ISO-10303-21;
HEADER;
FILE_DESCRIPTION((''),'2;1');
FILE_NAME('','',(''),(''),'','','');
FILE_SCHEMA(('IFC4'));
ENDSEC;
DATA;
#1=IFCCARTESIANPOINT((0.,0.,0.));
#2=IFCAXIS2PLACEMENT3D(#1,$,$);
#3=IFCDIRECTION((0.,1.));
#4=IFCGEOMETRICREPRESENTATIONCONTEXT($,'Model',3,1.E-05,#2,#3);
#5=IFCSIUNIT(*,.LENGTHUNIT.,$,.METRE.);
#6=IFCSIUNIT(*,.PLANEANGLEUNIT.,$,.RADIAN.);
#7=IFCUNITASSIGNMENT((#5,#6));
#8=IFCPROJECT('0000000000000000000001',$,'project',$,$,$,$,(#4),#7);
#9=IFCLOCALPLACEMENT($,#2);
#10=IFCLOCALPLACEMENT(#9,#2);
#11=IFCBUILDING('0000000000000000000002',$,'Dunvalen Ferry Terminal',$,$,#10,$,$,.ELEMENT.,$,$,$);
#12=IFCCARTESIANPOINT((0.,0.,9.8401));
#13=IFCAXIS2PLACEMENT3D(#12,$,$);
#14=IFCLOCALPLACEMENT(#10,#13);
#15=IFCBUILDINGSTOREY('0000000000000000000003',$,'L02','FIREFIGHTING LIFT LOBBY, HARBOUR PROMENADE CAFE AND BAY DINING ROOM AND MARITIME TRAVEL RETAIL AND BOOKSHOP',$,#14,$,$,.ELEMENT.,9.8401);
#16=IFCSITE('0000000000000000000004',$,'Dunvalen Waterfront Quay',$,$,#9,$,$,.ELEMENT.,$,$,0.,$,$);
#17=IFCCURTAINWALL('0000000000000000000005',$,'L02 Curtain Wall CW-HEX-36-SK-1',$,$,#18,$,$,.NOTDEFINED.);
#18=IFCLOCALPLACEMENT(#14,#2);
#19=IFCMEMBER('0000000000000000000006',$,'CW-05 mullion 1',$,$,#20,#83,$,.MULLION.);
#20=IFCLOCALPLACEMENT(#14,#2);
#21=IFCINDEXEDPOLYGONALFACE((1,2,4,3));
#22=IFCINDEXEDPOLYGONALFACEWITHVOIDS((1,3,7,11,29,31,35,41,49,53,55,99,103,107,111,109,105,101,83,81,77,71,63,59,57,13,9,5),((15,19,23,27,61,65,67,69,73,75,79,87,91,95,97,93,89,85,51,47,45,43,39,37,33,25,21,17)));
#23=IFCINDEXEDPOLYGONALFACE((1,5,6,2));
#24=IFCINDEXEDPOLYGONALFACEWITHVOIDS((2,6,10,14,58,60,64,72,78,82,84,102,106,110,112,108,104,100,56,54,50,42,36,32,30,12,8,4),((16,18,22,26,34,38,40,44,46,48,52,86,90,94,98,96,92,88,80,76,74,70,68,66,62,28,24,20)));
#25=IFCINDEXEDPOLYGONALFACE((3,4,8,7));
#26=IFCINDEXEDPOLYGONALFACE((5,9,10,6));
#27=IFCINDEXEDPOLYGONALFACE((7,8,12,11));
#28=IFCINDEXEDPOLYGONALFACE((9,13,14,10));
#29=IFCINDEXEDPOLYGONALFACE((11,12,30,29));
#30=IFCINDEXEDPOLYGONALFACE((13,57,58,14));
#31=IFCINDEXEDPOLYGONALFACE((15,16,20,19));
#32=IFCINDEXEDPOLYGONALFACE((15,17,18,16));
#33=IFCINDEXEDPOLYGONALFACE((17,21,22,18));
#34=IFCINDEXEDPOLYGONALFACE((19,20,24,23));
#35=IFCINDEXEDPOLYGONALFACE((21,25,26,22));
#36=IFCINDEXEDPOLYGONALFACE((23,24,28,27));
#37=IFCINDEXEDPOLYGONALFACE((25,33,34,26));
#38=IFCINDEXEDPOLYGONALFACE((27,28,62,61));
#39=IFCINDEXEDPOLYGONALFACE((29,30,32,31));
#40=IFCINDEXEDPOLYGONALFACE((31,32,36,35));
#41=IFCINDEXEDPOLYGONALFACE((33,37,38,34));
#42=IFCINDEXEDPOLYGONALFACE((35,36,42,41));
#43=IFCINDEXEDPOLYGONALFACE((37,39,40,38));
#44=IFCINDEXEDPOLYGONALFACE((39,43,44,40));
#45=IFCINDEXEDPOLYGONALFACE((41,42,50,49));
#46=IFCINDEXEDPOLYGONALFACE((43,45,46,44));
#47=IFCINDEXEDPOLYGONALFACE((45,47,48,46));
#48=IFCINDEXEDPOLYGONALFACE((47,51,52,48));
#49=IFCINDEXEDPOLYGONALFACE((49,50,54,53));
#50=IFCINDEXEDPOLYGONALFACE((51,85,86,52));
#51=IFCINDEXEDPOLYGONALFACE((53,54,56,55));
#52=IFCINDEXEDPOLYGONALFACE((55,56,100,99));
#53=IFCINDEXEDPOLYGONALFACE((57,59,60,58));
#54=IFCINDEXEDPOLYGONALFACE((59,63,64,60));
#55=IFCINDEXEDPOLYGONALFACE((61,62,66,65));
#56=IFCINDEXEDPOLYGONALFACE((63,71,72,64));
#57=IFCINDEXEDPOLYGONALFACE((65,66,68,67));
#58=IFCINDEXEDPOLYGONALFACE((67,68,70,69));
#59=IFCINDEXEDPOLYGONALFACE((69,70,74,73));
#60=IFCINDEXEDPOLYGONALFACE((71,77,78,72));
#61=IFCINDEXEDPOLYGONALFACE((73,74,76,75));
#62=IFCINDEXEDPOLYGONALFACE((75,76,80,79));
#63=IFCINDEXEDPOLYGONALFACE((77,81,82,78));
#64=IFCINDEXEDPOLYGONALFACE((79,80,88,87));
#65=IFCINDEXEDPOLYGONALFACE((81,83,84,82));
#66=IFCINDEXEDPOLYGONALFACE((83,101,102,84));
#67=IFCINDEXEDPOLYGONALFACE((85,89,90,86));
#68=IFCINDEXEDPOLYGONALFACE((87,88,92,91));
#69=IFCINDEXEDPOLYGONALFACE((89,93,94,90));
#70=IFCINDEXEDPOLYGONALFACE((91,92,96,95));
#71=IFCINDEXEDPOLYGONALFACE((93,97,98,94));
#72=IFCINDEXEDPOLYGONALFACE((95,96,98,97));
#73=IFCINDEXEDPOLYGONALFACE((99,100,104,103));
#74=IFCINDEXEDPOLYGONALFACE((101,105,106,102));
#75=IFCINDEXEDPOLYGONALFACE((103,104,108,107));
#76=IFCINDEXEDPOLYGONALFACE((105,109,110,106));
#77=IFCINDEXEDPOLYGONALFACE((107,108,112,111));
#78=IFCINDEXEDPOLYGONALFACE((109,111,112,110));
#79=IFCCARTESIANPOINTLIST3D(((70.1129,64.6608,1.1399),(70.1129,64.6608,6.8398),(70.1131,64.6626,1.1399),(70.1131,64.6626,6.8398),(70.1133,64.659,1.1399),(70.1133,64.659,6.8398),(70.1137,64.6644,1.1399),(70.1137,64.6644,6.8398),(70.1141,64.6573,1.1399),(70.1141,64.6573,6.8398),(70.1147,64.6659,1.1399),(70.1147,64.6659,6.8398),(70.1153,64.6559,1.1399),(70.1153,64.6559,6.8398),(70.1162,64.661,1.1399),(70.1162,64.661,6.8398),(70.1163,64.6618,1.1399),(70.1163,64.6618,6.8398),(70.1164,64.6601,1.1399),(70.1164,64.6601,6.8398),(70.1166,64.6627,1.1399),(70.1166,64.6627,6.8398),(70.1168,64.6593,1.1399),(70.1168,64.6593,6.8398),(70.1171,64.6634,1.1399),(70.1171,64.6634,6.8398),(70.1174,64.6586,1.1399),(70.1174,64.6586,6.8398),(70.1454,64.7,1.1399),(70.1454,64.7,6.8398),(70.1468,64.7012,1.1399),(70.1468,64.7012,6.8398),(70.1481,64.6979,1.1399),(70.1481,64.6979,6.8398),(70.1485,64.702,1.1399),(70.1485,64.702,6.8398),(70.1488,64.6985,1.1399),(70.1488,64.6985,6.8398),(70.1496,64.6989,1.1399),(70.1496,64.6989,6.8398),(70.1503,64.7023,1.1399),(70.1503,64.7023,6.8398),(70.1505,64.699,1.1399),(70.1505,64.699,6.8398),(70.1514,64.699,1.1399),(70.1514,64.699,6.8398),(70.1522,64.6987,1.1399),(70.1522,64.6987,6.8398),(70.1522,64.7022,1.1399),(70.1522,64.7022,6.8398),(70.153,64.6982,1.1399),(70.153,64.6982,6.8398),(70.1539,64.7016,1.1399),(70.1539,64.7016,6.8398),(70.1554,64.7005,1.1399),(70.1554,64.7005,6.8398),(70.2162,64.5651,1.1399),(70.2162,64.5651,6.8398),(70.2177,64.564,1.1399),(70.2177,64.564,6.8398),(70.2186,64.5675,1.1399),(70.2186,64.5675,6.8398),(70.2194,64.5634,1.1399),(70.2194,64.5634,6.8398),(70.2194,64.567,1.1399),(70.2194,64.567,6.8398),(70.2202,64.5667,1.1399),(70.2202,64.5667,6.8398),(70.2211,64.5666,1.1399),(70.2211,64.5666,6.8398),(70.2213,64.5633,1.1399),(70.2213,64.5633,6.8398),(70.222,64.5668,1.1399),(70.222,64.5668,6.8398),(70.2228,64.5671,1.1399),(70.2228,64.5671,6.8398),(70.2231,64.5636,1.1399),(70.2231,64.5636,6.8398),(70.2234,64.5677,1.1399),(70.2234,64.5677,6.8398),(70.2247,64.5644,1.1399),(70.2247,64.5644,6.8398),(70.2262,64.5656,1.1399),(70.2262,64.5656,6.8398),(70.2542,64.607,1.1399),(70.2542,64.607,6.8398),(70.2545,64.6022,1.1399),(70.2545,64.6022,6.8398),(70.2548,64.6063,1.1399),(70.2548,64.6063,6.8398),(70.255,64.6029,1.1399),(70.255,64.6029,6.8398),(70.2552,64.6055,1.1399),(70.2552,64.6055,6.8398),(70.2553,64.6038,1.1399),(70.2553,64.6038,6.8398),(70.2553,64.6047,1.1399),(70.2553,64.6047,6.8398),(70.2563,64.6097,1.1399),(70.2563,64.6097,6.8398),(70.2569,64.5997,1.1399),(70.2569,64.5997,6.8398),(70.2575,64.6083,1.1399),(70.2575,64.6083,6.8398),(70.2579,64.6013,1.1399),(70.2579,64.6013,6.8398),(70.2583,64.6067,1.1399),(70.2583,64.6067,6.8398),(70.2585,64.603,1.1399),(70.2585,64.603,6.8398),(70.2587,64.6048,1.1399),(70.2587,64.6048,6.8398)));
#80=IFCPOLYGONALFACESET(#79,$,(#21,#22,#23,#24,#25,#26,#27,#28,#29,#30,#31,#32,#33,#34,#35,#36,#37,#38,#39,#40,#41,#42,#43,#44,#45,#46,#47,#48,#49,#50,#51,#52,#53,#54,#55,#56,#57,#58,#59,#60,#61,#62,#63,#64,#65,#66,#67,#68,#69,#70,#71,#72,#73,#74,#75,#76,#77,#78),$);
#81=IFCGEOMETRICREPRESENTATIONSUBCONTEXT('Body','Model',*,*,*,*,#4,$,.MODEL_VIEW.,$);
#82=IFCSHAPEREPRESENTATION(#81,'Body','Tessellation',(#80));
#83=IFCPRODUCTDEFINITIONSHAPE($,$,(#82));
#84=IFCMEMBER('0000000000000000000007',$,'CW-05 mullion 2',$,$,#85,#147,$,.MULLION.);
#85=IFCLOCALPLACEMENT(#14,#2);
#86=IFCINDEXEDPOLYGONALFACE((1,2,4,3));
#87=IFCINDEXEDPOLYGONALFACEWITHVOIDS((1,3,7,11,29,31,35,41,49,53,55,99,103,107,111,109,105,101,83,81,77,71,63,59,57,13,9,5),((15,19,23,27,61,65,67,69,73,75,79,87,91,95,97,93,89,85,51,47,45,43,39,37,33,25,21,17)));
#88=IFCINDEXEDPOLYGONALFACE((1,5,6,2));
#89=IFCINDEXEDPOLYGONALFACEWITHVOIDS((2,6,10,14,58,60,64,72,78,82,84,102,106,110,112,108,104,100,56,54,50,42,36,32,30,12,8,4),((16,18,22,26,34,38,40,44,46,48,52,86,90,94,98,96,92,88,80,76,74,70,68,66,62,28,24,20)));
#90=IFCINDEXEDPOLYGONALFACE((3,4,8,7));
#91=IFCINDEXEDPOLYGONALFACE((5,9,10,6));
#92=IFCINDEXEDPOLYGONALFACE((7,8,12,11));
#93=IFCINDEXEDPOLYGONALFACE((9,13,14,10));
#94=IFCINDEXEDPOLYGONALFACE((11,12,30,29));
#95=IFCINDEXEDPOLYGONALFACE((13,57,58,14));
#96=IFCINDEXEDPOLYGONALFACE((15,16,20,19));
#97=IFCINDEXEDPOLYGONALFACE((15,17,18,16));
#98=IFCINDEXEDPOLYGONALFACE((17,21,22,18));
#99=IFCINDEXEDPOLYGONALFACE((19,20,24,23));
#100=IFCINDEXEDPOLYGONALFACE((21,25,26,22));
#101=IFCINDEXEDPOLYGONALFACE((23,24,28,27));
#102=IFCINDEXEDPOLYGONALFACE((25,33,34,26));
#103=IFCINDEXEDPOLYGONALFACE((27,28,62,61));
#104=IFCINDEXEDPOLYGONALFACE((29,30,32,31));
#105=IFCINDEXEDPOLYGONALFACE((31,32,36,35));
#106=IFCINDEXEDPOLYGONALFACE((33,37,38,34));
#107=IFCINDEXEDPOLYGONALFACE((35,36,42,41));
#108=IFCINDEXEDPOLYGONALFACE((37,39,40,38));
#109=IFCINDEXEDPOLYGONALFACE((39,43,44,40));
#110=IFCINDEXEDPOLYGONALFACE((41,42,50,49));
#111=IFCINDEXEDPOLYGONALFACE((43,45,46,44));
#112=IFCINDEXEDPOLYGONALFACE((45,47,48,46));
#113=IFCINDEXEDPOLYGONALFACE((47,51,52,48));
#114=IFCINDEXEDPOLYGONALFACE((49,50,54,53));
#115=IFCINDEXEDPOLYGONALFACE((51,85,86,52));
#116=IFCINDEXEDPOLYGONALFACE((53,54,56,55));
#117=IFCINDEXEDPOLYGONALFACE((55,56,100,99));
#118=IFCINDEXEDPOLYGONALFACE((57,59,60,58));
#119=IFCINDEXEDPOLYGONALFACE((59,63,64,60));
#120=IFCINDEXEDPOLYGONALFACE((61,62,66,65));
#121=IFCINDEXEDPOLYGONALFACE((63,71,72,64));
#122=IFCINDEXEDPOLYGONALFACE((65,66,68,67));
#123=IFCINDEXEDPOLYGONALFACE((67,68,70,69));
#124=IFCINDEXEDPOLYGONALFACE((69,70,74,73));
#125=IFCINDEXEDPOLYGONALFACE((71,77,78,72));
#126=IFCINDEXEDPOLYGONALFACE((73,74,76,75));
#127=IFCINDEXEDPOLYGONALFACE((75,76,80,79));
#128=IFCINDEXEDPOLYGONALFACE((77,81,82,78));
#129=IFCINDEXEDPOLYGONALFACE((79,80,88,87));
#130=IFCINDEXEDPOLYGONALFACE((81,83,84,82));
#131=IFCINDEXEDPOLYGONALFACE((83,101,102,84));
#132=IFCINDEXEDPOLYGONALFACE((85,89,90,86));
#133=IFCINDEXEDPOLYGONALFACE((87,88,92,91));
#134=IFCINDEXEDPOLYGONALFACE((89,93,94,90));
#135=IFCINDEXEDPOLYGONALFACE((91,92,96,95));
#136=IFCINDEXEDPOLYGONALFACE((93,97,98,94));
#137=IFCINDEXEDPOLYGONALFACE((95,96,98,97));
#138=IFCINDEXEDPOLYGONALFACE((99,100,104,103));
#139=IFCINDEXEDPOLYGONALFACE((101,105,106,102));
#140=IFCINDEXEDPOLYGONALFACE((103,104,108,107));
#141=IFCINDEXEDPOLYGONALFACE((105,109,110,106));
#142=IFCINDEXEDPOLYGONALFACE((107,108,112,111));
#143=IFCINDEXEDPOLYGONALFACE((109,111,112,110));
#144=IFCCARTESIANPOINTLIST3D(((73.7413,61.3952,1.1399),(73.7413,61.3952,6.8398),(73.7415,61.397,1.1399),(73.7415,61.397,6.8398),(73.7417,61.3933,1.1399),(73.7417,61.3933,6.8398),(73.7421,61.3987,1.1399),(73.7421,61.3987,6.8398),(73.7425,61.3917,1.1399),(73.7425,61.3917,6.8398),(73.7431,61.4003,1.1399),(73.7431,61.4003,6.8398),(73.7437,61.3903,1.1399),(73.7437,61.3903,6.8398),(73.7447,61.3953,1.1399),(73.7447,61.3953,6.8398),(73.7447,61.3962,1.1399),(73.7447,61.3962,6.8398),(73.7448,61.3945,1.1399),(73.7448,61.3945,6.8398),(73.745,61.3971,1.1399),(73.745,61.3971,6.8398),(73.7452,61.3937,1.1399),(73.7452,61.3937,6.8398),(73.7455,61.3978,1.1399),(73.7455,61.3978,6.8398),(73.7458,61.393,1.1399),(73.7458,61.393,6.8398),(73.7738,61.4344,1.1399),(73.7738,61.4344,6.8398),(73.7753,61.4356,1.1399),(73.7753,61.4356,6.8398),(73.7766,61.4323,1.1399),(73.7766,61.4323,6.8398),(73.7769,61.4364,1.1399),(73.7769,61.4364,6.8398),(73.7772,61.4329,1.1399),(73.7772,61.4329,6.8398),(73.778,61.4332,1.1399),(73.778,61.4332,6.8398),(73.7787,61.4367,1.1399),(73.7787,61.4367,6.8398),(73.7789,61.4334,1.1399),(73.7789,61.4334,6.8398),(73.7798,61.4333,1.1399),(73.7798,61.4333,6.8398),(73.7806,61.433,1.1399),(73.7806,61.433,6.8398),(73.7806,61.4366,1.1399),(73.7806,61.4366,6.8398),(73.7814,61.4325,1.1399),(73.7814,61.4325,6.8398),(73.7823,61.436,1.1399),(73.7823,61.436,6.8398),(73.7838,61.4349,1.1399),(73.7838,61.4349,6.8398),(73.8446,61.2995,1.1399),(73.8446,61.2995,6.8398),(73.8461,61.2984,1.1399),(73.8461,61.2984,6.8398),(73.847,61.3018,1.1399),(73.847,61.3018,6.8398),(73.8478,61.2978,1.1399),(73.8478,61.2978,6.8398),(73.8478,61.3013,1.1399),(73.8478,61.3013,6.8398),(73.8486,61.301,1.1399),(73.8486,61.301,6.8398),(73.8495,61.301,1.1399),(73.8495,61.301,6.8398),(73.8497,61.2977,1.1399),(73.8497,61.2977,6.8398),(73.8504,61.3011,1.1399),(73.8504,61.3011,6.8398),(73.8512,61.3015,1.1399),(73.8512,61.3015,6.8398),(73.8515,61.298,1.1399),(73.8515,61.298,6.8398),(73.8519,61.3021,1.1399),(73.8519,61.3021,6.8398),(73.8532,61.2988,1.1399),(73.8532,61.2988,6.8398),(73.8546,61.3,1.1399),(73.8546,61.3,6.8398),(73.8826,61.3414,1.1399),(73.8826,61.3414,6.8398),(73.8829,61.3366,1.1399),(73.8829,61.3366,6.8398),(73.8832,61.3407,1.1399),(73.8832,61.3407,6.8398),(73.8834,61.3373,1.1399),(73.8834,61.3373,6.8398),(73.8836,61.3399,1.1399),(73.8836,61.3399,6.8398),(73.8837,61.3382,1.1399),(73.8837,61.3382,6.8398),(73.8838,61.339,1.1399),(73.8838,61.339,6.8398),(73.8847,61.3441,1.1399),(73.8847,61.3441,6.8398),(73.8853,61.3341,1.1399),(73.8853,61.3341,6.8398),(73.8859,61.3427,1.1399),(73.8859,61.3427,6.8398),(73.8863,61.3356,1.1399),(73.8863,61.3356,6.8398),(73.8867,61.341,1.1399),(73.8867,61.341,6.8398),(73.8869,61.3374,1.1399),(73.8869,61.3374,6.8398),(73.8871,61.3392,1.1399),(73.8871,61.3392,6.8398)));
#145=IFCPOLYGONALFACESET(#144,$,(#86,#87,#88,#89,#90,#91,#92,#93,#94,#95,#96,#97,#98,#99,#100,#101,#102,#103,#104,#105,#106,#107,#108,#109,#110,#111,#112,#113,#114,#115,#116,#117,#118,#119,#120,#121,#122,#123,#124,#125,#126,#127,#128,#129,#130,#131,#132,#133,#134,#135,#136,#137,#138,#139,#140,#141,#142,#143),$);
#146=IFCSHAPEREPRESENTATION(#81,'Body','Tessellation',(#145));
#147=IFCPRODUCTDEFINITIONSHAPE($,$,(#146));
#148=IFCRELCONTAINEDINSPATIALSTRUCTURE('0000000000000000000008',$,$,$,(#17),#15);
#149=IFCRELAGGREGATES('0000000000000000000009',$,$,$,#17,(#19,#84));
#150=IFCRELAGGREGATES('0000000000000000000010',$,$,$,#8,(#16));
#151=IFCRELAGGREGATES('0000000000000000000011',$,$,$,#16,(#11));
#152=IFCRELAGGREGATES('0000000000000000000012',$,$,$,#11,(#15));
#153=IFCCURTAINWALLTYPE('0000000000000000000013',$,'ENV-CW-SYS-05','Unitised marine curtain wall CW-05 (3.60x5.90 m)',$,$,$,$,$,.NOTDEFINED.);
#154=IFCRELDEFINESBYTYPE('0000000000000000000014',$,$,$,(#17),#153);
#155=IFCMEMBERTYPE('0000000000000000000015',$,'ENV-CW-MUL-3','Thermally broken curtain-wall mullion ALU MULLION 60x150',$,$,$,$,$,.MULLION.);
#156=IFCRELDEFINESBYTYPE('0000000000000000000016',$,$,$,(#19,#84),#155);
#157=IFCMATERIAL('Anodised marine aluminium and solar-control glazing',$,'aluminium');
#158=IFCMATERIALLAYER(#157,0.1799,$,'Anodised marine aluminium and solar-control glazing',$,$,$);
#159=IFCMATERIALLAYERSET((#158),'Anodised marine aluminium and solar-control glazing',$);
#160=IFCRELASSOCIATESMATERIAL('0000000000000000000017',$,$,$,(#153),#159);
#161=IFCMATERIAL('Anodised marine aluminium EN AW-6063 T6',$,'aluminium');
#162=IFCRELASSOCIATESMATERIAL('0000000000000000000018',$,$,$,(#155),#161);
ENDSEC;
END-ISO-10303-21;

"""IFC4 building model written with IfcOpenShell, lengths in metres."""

from ifc_helpers import new_model, si_unit, direction, frame, origin, origin_2d, place, context, subcontext, project, spatial, hollow_rectangle, extrude, material, layer, layer_set, material_profile, profile_set, type_object, element, aggregate, save


model = new_model("IFC4")

# Units and contexts
model_context = context("Model", 3, precision=1e-05, world=origin(), true_north=direction((0.0, 1.0)))
body_context = subcontext(model_context, "Body", "Model", "MODEL_VIEW")
ifc_project = project(units=[si_unit("LENGTHUNIT", "METRE"), si_unit("PLANEANGLEUNIT", "RADIAN")], contexts=[model_context])

# Site, building, storey
site_placement = place(None, origin())
site = spatial("IfcSite", under=ifc_project, at=site_placement, Name="Dunvalen Waterfront Quay", CompositionType="ELEMENT", RefElevation=0.0)
building_placement = place(site_placement, origin())
building = spatial("IfcBuilding", under=site, at=building_placement, Name="Dunvalen Ferry Terminal", CompositionType="ELEMENT")
storey_placement = place(building_placement, frame((0.0, 0.0, 9.8401)))
storey = spatial("IfcBuildingStorey", under=building, at=storey_placement, Name="L02", Description="FIREFIGHTING LIFT LOBBY, HARBOUR PROMENADE CAFE AND BAY DINING ROOM AND MARITIME TRAVEL RETAIL AND BOOKSHOP", CompositionType="ELEMENT", Elevation=9.8401)

# Curtain wall, members
ifc_material_1 = material(Name="Anodised marine aluminium and solar-control glazing", Category="aluminium")
ifc_layer_1 = layer(ifc_material_1, 0.1799, Name="Anodised marine aluminium and solar-control glazing")
ifc_layer_set_1 = layer_set([ifc_layer_1], Name="Anodised marine aluminium and solar-control glazing")
curtain_wall_type_1 = type_object("IfcCurtainWallType", Name="ENV-CW-SYS-05", Description="Unitised marine curtain wall CW-05 (3.60x5.90 m)", PredefinedType="NOTDEFINED", material=ifc_layer_set_1)
curtain_wall_1_placement = place(storey_placement, origin())
curtain_wall_1 = element("IfcCurtainWall", 1, at=curtain_wall_1_placement, inside=storey, type_object=curtain_wall_type_1, Name="L02 Curtain Wall CW-HEX-36-SK-1", PredefinedType="NOTDEFINED")
ifc_material_2 = material(Name="Anodised marine aluminium EN AW-6063 T6", Category="aluminium")
ifc_material_profile_1 = material_profile(ifc_material_2, hollow_rectangle(XDim=0.0601, YDim=0.1499, WallThickness=0.0034, InnerFilletRadius=0.0034, OuterFilletRadius=0.0071, at=origin_2d()), Name="Anodised marine aluminium EN AW-6063 T6")
ifc_profile_set_1 = profile_set([ifc_material_profile_1], Name="Anodised marine aluminium EN AW-6063 T6")
member_type_1 = type_object("IfcMemberType", Name="ENV-CW-MUL-3", Description="Thermally broken curtain-wall mullion ALU MULLION 60x150", PredefinedType="MULLION", material=ifc_profile_set_1)
member_1_placement = place(storey_placement, frame((70.1858, 64.6328, 1.1399), z_axis=(0.0, 0.0, 1.0), x_axis=(0.668954, 0.743304, 0.0)))
member_1 = element("IfcMember", 2, at=member_1_placement, type_object=member_type_1, Name="CW-05 mullion 1", PredefinedType="MULLION", context=body_context, shape_type="SweptSolid", body=[
    extrude(hollow_rectangle(XDim=0.0601, YDim=0.1499, WallThickness=0.0034, InnerFilletRadius=0.0034, OuterFilletRadius=0.0071, at=origin_2d()), origin(), (0.0, 0.0, 1.0), 5.7),
])
member_2_placement = place(storey_placement, frame((73.8142, 61.3672, 1.1399), z_axis=(0.0, 0.0, 1.0), x_axis=(0.668954, 0.743304, 0.0)))
member_2 = element("IfcMember", 3, at=member_2_placement, type_object=member_type_1, Name="CW-05 mullion 2", PredefinedType="MULLION", context=body_context, shape_type="SweptSolid", body=[
    extrude(hollow_rectangle(XDim=0.0601, YDim=0.1499, WallThickness=0.0034, InnerFilletRadius=0.0034, OuterFilletRadius=0.0071, at=origin_2d()), origin(), (0.0, 0.0, 1.0), 5.7),
])

aggregate(curtain_wall_1, [member_1, member_2])

save(model, "model.ifc")
